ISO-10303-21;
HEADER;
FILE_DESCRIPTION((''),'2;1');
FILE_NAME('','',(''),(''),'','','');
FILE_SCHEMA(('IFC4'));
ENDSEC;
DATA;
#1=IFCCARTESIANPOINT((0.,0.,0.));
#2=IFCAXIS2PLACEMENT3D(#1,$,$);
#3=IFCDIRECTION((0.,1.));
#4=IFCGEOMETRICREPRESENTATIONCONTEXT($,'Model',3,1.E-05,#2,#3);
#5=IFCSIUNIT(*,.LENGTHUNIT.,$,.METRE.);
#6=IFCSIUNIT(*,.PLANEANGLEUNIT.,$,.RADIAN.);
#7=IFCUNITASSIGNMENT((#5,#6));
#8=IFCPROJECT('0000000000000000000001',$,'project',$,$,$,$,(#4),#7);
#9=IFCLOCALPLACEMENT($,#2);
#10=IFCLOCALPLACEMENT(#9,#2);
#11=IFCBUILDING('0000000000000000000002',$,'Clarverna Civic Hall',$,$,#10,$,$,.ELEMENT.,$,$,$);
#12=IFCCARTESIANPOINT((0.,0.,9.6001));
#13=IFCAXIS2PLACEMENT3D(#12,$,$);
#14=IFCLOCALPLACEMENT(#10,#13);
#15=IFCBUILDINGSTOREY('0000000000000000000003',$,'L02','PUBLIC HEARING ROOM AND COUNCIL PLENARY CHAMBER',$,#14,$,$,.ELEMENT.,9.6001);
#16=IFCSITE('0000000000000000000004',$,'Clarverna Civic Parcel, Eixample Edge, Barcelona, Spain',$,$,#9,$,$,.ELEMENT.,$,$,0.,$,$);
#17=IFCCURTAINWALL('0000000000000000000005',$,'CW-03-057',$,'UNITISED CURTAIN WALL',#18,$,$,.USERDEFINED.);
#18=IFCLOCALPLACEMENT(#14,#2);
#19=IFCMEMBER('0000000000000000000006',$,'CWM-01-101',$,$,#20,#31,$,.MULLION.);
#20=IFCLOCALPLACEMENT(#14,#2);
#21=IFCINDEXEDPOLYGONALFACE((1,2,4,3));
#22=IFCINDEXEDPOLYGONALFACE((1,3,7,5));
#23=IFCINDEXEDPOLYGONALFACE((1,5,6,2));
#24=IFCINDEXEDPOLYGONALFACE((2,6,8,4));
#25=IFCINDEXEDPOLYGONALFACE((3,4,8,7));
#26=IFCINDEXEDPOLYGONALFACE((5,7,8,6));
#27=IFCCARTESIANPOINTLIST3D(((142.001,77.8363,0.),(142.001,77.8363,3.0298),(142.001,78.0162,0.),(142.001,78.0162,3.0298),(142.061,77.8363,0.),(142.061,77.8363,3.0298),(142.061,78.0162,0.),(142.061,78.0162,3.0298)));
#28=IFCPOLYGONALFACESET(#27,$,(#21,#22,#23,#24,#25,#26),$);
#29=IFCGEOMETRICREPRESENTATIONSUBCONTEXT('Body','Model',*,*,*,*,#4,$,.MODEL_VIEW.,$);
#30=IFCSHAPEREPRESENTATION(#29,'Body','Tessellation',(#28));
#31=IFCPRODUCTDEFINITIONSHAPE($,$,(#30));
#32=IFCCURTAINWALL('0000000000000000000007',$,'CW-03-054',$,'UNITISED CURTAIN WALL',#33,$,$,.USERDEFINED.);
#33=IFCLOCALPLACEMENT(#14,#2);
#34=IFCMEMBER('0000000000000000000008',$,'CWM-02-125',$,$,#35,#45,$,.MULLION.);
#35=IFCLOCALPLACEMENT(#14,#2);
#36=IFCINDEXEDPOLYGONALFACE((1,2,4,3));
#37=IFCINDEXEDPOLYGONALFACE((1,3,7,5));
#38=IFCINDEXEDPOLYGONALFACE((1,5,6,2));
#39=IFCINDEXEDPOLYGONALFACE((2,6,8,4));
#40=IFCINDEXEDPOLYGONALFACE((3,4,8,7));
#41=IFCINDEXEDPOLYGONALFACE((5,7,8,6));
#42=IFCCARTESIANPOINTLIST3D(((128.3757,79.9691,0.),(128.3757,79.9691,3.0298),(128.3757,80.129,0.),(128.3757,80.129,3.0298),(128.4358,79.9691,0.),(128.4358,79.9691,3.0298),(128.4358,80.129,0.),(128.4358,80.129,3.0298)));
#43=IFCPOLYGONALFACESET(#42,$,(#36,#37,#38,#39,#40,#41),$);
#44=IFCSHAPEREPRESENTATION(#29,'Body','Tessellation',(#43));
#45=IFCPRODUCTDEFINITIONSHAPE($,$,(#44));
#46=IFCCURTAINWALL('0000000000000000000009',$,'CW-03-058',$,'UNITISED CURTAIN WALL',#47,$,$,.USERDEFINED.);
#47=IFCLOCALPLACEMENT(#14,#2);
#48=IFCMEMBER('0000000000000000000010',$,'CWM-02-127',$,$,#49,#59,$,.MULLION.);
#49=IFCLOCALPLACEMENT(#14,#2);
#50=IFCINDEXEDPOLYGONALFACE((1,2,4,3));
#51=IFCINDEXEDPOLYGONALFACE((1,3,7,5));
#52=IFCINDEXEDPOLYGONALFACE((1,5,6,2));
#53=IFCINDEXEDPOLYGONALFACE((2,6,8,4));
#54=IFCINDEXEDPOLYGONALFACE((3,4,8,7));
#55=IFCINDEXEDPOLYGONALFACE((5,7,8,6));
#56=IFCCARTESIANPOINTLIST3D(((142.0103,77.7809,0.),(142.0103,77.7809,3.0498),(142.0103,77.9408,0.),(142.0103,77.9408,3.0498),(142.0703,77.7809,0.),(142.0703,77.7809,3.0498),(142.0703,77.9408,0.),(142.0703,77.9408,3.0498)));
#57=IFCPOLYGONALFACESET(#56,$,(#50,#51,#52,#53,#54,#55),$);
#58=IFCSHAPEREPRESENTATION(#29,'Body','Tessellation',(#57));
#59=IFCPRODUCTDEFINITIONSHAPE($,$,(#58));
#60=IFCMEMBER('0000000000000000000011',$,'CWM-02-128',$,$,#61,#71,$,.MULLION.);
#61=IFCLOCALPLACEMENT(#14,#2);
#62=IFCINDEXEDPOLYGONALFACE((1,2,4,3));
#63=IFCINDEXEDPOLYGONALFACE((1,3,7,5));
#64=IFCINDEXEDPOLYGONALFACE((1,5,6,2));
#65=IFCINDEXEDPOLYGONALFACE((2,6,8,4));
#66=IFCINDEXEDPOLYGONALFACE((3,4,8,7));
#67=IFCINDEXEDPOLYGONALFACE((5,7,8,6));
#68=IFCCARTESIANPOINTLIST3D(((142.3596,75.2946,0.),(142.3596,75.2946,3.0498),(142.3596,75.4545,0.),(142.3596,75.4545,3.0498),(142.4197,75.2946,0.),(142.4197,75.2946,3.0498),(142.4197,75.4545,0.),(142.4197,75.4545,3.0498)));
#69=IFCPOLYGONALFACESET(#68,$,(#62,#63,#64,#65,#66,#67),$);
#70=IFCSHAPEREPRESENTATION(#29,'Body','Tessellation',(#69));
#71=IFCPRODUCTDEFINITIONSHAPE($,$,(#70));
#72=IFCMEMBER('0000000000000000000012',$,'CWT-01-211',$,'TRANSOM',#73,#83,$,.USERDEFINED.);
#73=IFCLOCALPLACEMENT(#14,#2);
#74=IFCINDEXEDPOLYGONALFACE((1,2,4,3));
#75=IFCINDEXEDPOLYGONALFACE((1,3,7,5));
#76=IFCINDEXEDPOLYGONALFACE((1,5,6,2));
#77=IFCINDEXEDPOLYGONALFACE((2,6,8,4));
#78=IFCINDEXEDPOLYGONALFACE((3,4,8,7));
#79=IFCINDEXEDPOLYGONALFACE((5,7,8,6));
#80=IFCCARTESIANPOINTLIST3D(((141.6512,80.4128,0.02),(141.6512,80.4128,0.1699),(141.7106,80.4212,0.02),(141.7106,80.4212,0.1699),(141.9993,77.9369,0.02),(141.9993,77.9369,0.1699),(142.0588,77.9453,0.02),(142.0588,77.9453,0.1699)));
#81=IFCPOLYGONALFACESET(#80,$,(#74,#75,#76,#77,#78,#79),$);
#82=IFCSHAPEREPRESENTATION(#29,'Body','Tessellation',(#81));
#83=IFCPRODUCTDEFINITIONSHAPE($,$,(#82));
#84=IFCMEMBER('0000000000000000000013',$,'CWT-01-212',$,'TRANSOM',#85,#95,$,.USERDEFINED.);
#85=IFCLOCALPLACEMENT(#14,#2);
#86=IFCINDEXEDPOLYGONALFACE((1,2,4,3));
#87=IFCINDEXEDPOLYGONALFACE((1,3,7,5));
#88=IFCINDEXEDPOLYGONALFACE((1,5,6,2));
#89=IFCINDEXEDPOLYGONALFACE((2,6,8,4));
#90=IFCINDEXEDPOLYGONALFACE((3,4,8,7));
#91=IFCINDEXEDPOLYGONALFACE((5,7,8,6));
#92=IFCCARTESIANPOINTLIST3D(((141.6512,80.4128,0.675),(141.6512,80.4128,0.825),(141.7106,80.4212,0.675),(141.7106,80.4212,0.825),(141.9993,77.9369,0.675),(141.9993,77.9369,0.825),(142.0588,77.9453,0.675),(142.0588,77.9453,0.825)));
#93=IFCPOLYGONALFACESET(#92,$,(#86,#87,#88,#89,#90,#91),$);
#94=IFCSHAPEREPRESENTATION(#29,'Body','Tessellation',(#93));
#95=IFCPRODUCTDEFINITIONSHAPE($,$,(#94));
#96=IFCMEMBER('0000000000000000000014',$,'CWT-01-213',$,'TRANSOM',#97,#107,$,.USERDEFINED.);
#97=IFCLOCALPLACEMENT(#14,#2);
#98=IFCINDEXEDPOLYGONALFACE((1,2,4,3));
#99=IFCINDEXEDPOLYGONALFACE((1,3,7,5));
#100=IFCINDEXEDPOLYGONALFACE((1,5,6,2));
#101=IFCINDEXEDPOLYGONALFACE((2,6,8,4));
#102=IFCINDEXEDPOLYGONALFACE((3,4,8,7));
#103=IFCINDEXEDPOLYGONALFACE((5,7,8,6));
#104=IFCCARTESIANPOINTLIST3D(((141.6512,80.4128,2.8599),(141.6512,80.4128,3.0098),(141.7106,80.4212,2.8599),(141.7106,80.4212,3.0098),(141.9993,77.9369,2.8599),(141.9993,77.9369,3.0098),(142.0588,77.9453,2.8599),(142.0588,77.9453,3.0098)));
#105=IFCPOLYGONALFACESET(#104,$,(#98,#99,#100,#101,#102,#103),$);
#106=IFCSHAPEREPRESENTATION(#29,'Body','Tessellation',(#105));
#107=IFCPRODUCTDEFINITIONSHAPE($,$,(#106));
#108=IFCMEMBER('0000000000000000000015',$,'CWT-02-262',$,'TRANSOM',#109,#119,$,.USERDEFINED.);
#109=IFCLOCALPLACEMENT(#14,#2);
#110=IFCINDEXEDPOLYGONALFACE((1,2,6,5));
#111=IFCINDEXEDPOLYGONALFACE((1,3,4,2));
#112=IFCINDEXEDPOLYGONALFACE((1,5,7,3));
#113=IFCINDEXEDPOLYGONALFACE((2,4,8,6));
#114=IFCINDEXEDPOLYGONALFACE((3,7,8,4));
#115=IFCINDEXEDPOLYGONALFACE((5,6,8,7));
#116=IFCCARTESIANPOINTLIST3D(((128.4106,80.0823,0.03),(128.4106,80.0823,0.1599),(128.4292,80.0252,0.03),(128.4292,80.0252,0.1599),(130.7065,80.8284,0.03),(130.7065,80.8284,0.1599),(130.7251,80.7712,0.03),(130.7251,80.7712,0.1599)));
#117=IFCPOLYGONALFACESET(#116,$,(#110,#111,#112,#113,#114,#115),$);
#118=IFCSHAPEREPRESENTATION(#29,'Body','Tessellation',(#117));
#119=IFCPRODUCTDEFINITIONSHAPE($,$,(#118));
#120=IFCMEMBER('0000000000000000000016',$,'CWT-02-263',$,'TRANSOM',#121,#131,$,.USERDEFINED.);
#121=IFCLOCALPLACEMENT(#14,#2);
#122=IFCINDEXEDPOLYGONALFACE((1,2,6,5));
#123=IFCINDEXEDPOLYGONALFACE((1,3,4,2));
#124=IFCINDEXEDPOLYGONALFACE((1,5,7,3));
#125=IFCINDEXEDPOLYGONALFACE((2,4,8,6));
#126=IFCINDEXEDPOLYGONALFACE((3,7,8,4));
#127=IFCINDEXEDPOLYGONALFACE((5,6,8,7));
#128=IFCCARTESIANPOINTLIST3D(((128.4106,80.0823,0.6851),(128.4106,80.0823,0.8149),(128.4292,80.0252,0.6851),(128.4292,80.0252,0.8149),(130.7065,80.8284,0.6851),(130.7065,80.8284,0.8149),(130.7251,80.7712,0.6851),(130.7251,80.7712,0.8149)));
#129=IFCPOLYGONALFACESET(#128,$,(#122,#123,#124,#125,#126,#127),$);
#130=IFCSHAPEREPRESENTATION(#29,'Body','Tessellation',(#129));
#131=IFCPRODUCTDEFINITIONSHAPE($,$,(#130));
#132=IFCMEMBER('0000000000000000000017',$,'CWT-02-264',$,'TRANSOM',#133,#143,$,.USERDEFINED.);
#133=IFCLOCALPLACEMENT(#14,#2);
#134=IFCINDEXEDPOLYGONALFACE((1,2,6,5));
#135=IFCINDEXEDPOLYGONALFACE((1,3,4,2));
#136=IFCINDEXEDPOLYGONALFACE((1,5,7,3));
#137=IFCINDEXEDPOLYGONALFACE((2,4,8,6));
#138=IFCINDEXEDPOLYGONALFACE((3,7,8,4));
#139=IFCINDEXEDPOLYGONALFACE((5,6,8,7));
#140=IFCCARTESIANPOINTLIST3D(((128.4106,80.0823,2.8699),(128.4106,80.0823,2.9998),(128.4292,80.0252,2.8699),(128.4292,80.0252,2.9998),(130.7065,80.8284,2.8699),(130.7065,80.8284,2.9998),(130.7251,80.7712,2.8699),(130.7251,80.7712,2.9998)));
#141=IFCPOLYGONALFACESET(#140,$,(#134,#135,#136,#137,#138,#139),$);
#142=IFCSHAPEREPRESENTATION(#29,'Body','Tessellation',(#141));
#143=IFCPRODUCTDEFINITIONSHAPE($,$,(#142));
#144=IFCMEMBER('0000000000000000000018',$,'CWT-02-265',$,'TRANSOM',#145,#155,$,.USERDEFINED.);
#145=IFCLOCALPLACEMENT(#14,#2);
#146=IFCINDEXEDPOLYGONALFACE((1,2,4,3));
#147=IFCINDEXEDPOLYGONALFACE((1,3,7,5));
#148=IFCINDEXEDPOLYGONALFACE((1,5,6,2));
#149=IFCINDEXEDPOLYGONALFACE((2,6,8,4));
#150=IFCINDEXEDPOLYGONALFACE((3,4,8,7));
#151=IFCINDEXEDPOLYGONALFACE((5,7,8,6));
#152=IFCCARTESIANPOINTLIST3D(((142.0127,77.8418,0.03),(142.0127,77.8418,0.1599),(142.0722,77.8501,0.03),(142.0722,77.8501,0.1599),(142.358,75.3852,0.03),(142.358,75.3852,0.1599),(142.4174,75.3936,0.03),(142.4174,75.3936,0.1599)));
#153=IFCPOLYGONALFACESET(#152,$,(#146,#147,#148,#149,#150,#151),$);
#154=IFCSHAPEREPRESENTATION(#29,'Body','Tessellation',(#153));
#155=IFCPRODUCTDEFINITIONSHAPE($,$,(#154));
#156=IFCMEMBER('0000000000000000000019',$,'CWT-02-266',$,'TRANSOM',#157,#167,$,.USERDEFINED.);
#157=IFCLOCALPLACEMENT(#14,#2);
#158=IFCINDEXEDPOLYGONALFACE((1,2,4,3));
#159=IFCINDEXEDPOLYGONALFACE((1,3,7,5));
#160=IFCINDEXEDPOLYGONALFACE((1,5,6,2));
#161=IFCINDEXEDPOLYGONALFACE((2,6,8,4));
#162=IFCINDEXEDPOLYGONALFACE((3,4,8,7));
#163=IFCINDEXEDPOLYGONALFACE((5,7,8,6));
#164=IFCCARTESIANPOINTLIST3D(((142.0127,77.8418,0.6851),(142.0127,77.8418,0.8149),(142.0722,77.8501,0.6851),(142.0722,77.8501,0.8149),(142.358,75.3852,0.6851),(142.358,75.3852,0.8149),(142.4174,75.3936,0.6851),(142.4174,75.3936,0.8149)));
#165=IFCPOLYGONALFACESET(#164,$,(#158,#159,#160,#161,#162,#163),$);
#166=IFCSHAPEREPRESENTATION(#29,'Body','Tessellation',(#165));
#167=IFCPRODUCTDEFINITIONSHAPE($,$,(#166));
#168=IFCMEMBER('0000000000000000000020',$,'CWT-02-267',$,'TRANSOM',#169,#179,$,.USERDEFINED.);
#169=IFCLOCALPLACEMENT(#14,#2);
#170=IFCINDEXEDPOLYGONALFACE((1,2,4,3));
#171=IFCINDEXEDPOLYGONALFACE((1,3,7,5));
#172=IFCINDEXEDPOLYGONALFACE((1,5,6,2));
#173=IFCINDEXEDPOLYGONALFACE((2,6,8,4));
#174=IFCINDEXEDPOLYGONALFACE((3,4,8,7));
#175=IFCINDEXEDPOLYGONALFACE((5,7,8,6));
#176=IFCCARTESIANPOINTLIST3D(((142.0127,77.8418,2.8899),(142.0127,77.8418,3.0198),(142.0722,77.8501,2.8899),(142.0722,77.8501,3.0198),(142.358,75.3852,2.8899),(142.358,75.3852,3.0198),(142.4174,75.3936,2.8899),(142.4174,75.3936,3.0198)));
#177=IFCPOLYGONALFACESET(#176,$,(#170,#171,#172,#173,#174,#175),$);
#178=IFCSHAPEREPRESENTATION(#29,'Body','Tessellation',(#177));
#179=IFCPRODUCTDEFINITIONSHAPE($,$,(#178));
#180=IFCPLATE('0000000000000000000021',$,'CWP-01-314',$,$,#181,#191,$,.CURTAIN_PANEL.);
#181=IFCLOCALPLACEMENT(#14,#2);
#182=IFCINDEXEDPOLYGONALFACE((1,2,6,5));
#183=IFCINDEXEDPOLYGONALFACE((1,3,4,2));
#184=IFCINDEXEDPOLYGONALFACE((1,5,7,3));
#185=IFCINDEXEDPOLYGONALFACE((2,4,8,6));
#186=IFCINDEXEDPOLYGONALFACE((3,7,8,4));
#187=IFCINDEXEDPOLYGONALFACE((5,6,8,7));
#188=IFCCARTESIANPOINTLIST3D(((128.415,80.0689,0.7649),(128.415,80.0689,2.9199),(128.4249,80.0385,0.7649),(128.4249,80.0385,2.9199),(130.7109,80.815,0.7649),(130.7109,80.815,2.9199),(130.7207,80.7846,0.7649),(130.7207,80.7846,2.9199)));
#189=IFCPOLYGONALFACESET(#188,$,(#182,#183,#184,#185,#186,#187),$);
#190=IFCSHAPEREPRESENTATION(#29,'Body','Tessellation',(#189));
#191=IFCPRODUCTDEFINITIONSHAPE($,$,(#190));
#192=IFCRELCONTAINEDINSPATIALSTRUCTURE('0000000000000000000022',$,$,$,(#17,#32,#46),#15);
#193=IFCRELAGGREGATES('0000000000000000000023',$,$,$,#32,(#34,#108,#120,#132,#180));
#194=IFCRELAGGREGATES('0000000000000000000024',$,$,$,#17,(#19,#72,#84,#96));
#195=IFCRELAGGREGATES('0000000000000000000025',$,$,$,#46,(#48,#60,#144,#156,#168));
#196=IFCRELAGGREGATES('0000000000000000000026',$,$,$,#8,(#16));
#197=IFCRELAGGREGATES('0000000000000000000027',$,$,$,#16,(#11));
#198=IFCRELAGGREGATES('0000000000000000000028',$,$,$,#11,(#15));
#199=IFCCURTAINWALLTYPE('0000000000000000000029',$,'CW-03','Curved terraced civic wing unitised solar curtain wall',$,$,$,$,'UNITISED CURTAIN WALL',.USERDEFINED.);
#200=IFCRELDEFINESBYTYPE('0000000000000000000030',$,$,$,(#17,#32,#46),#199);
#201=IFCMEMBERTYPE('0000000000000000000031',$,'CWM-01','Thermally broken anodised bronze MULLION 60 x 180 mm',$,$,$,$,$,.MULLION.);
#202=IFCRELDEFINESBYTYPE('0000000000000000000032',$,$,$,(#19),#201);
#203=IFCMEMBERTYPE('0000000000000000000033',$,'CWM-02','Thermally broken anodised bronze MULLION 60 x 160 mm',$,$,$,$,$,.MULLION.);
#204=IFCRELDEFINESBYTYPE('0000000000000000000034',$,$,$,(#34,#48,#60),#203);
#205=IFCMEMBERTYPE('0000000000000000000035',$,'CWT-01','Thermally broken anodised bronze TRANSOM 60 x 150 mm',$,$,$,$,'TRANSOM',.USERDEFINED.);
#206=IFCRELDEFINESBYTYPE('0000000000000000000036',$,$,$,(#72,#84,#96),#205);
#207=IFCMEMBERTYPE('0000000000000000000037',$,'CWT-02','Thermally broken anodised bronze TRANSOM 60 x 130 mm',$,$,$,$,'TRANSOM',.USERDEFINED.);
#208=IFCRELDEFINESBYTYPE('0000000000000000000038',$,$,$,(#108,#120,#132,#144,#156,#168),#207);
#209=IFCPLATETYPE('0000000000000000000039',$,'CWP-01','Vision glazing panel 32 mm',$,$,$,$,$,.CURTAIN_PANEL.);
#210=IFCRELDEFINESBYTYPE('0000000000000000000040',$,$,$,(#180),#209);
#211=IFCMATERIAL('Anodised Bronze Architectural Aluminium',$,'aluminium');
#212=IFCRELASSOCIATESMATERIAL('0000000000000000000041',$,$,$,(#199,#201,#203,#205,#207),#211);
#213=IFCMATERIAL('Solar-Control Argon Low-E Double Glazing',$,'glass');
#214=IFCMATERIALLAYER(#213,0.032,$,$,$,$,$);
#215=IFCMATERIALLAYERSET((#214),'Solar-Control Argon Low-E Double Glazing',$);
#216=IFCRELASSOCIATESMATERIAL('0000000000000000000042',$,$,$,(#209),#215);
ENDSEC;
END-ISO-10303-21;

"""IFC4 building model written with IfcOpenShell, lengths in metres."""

from ifc_helpers import new_model, si_unit, direction, frame, frame_2d, origin, origin_2d, place, context, subcontext, project, spatial, rectangle, extrude, material, layer, layer_set, material_profile, profile_set, type_object, element, aggregate, save


model = new_model("IFC4")

# Units and contexts
model_context = context("Model", 3, precision=1e-05, world=origin(), true_north=direction((0.0, 1.0)))
body_context = subcontext(model_context, "Body", "Model", "MODEL_VIEW")
ifc_project = project(units=[si_unit("LENGTHUNIT", "METRE"), si_unit("PLANEANGLEUNIT", "RADIAN")], contexts=[model_context])

# Site, building, storey
site_placement = place(None, origin())
site = spatial("IfcSite", under=ifc_project, at=site_placement, Name="Clarverna Civic Parcel, Eixample Edge, Barcelona, Spain", CompositionType="ELEMENT", RefElevation=0.0)
building_placement = place(site_placement, origin())
building = spatial("IfcBuilding", under=site, at=building_placement, Name="Clarverna Civic Hall", CompositionType="ELEMENT")
storey_placement = place(building_placement, frame((0.0, 0.0, 9.6001)))
storey = spatial("IfcBuildingStorey", under=building, at=storey_placement, Name="L02", Description="PUBLIC HEARING ROOM AND COUNCIL PLENARY CHAMBER", CompositionType="ELEMENT", Elevation=9.6001)

# Curtain walls, members
ifc_material_1 = material(Name="Anodised Bronze Architectural Aluminium", Category="aluminium")
curtain_wall_type = type_object("IfcCurtainWallType", Name="CW-03", Description="Curved terraced civic wing unitised solar curtain wall", ElementType="UNITISED CURTAIN WALL", PredefinedType="USERDEFINED", material=ifc_material_1)
curtain_wall_1_placement = place(storey_placement, origin())
curtain_wall_1 = element("IfcCurtainWall", 1, at=curtain_wall_1_placement, inside=storey, type_object=curtain_wall_type, Name="CW-03-057", ObjectType="UNITISED CURTAIN WALL", PredefinedType="USERDEFINED")
ifc_material_profile_1 = material_profile(ifc_material_1, rectangle(XDim=0.0601, YDim=0.1799, at=origin_2d()), Name="BRONZE 60x180")
ifc_profile_set_1 = profile_set([ifc_material_profile_1], Name="Anodised Bronze Architectural Aluminium")
member_type_1 = type_object("IfcMemberType", Name="CWM-01", Description="Thermally broken anodised bronze MULLION 60 x 180 mm", PredefinedType="MULLION", material=ifc_profile_set_1)
member_1_placement = place(storey_placement, frame((142.031, 77.9263, 0.0), z_axis=(0.0, 0.0, 1.0), x_axis=(1.0, 0.0, 0.0)))
member_1 = element("IfcMember", 2, at=member_1_placement, type_object=member_type_1, Name="CWM-01-101", PredefinedType="MULLION", context=body_context, shape_type="SweptSolid", body=[
    extrude(rectangle(XDim=0.0601, YDim=0.1799, at=origin_2d()), origin(), (0.0, 0.0, 1.0), 3.0298),
])
curtain_wall_2_placement = place(storey_placement, origin())
curtain_wall_2 = element("IfcCurtainWall", 3, at=curtain_wall_2_placement, inside=storey, type_object=curtain_wall_type, Name="CW-03-054", ObjectType="UNITISED CURTAIN WALL", PredefinedType="USERDEFINED")
ifc_material_profile_2 = material_profile(ifc_material_1, rectangle(XDim=0.0601, YDim=0.1599, at=origin_2d()), Name="BRONZE 60x160")
ifc_profile_set_2 = profile_set([ifc_material_profile_2], Name="Anodised Bronze Architectural Aluminium")
member_type_2 = type_object("IfcMemberType", Name="CWM-02", Description="Thermally broken anodised bronze MULLION 60 x 160 mm", PredefinedType="MULLION", material=ifc_profile_set_2)
member_2_placement = place(storey_placement, frame((128.4058, 80.0491, 0.0), z_axis=(0.0, 0.0, 1.0), x_axis=(1.0, 0.0, 0.0)))
member_2 = element("IfcMember", 4, at=member_2_placement, type_object=member_type_2, Name="CWM-02-125", PredefinedType="MULLION", context=body_context, shape_type="SweptSolid", body=[
    extrude(rectangle(XDim=0.0601, YDim=0.1599, at=origin_2d()), origin(), (0.0, 0.0, 1.0), 3.0298),
])

# Curtain wall, members
curtain_wall_3_placement = place(storey_placement, origin())
curtain_wall_3 = element("IfcCurtainWall", 5, at=curtain_wall_3_placement, inside=storey, type_object=curtain_wall_type, Name="CW-03-058", ObjectType="UNITISED CURTAIN WALL", PredefinedType="USERDEFINED")
member_3_placement = place(storey_placement, frame((142.0403, 77.8608, 0.0), z_axis=(0.0, 0.0, 1.0), x_axis=(1.0, 0.0, 0.0)))
member_3 = element("IfcMember", 6, at=member_3_placement, type_object=member_type_2, Name="CWM-02-127", PredefinedType="MULLION", context=body_context, shape_type="SweptSolid", body=[
    extrude(rectangle(XDim=0.0601, YDim=0.1599, at=origin_2d()), origin(), (0.0, 0.0, 1.0), 3.0498),
])
member_4_placement = place(storey_placement, frame((142.3896, 75.3745, 0.0), z_axis=(0.0, 0.0, 1.0), x_axis=(1.0, 0.0, 0.0)))
member_4 = element("IfcMember", 7, at=member_4_placement, type_object=member_type_2, Name="CWM-02-128", PredefinedType="MULLION", context=body_context, shape_type="SweptSolid", body=[
    extrude(rectangle(XDim=0.0601, YDim=0.1599, at=origin_2d()), origin(), (0.0, 0.0, 1.0), 3.0498),
])

# Members
ifc_material_profile_3 = material_profile(ifc_material_1, rectangle(XDim=0.0601, YDim=0.1499, at=origin_2d()), Name="BRONZE 60x150")
ifc_profile_set_3 = profile_set([ifc_material_profile_3], Name="Anodised Bronze Architectural Aluminium")
member_type_3 = type_object("IfcMemberType", Name="CWT-01", Description="Thermally broken anodised bronze TRANSOM 60 x 150 mm", ElementType="TRANSOM", PredefinedType="USERDEFINED", material=ifc_profile_set_3)
member_5_placement = place(storey_placement, frame((141.6809, 80.417, 0.095), z_axis=(0.139247, -0.990258, 0.0), x_axis=(0.990258, 0.139247, 0.0)))
member_5 = element("IfcMember", 8, at=member_5_placement, type_object=member_type_3, Name="CWT-01-211", ObjectType="TRANSOM", PredefinedType="USERDEFINED", context=body_context, shape_type="SweptSolid", body=[
    extrude(rectangle(XDim=0.0601, YDim=0.1499, at=origin_2d()), origin(), (0.0, 0.0, 1.0), 2.5002),
])
member_6_placement = place(storey_placement, frame((141.6809, 80.417, 0.75), z_axis=(0.139247, -0.990258, 0.0), x_axis=(0.990258, 0.139247, 0.0)))
member_6 = element("IfcMember", 9, at=member_6_placement, type_object=member_type_3, Name="CWT-01-212", ObjectType="TRANSOM", PredefinedType="USERDEFINED", context=body_context, shape_type="SweptSolid", body=[
    extrude(rectangle(XDim=0.0601, YDim=0.1499, at=origin_2d()), origin(), (0.0, 0.0, 1.0), 2.5002),
])
member_7_placement = place(storey_placement, frame((141.6809, 80.417, 2.9348), z_axis=(0.139247, -0.990258, 0.0), x_axis=(0.990258, 0.139247, 0.0)))
member_7 = element("IfcMember", 10, at=member_7_placement, type_object=member_type_3, Name="CWT-01-213", ObjectType="TRANSOM", PredefinedType="USERDEFINED", context=body_context, shape_type="SweptSolid", body=[
    extrude(rectangle(XDim=0.0601, YDim=0.1499, at=origin_2d()), origin(), (0.0, 0.0, 1.0), 2.5002),
])
ifc_material_profile_4 = material_profile(ifc_material_1, rectangle(XDim=0.0601, YDim=0.1299, at=origin_2d()), Name="BRONZE 60x130")
ifc_profile_set_4 = profile_set([ifc_material_profile_4], Name="Anodised Bronze Architectural Aluminium")
member_type_4 = type_object("IfcMemberType", Name="CWT-02", Description="Thermally broken anodised bronze TRANSOM 60 x 130 mm", ElementType="TRANSOM", PredefinedType="USERDEFINED", material=ifc_profile_set_4)
member_8_placement = place(storey_placement, frame((128.4199, 80.0537, 0.095), z_axis=(0.951043, 0.309059, 0.0), x_axis=(-0.309059, 0.951043, 0.0)))
member_8 = element("IfcMember", 11, at=member_8_placement, type_object=member_type_4, Name="CWT-02-262", ObjectType="TRANSOM", PredefinedType="USERDEFINED", context=body_context, shape_type="SweptSolid", body=[
    extrude(rectangle(XDim=0.0601, YDim=0.1299, at=origin_2d()), origin(), (0.0, 0.0, 1.0), 2.4141),
])
member_9_placement = place(storey_placement, frame((128.4199, 80.0537, 0.75), z_axis=(0.951043, 0.309059, 0.0), x_axis=(-0.309059, 0.951043, 0.0)))
member_9 = element("IfcMember", 12, at=member_9_placement, type_object=member_type_4, Name="CWT-02-263", ObjectType="TRANSOM", PredefinedType="USERDEFINED", context=body_context, shape_type="SweptSolid", body=[
    extrude(rectangle(XDim=0.0601, YDim=0.1299, at=origin_2d()), origin(), (0.0, 0.0, 1.0), 2.4141),
])
member_10_placement = place(storey_placement, frame((128.4199, 80.0537, 2.9348), z_axis=(0.951043, 0.309059, 0.0), x_axis=(-0.309059, 0.951043, 0.0)))
member_10 = element("IfcMember", 13, at=member_10_placement, type_object=member_type_4, Name="CWT-02-264", ObjectType="TRANSOM", PredefinedType="USERDEFINED", context=body_context, shape_type="SweptSolid", body=[
    extrude(rectangle(XDim=0.0601, YDim=0.1299, at=origin_2d()), origin(), (0.0, 0.0, 1.0), 2.4141),
])
member_11_placement = place(storey_placement, frame((142.0425, 77.8459, 0.095), z_axis=(0.139161, -0.99027, 0.0), x_axis=(0.99027, 0.139161, 0.0)))
member_11 = element("IfcMember", 14, at=member_11_placement, type_object=member_type_4, Name="CWT-02-265", ObjectType="TRANSOM", PredefinedType="USERDEFINED", context=body_context, shape_type="SweptSolid", body=[
    extrude(rectangle(XDim=0.0601, YDim=0.1299, at=origin_2d()), origin(), (0.0, 0.0, 1.0), 2.4807),
])
member_12_placement = place(storey_placement, frame((142.0425, 77.8459, 0.75), z_axis=(0.139161, -0.99027, 0.0), x_axis=(0.99027, 0.139161, 0.0)))
member_12 = element("IfcMember", 15, at=member_12_placement, type_object=member_type_4, Name="CWT-02-266", ObjectType="TRANSOM", PredefinedType="USERDEFINED", context=body_context, shape_type="SweptSolid", body=[
    extrude(rectangle(XDim=0.0601, YDim=0.1299, at=origin_2d()), origin(), (0.0, 0.0, 1.0), 2.4807),
])
member_13_placement = place(storey_placement, frame((142.0425, 77.8459, 2.9548), z_axis=(0.139161, -0.99027, 0.0), x_axis=(0.99027, 0.139161, 0.0)))
member_13 = element("IfcMember", 16, at=member_13_placement, type_object=member_type_4, Name="CWT-02-267", ObjectType="TRANSOM", PredefinedType="USERDEFINED", context=body_context, shape_type="SweptSolid", body=[
    extrude(rectangle(XDim=0.0601, YDim=0.1299, at=origin_2d()), origin(), (0.0, 0.0, 1.0), 2.4807),
])

# Plate
ifc_material_2 = material(Name="Solar-Control Argon Low-E Double Glazing", Category="glass")
ifc_layer_1 = layer(ifc_material_2, 0.032)
ifc_layer_set_1 = layer_set([ifc_layer_1], Name="Solar-Control Argon Low-E Double Glazing")
plate_type_1 = type_object("IfcPlateType", Name="CWP-01", Description="Vision glazing panel 32 mm", PredefinedType="CURTAIN_PANEL", material=ifc_layer_set_1)
plate_1_placement = place(storey_placement, frame((128.4199, 80.0537, 0.7649), z_axis=(0.0, 0.0, 1.0), x_axis=(0.951043, 0.309059, 0.0)))
plate_1 = element("IfcPlate", 17, at=plate_1_placement, type_object=plate_type_1, Name="CWP-01-314", PredefinedType="CURTAIN_PANEL", context=body_context, shape_type="SweptSolid", body=[
    extrude(rectangle(XDim=2.4141, YDim=0.032, at=frame_2d((1.207, 0.0))), origin(), (0.0, 0.0, 1.0), 2.155),
])
aggregate(curtain_wall_2, [member_2, member_8, member_9, member_10, plate_1])
aggregate(curtain_wall_1, [member_1, member_5, member_6, member_7])
aggregate(curtain_wall_3, [member_3, member_4, member_11, member_12, member_13])

save(model, "model.ifc")
